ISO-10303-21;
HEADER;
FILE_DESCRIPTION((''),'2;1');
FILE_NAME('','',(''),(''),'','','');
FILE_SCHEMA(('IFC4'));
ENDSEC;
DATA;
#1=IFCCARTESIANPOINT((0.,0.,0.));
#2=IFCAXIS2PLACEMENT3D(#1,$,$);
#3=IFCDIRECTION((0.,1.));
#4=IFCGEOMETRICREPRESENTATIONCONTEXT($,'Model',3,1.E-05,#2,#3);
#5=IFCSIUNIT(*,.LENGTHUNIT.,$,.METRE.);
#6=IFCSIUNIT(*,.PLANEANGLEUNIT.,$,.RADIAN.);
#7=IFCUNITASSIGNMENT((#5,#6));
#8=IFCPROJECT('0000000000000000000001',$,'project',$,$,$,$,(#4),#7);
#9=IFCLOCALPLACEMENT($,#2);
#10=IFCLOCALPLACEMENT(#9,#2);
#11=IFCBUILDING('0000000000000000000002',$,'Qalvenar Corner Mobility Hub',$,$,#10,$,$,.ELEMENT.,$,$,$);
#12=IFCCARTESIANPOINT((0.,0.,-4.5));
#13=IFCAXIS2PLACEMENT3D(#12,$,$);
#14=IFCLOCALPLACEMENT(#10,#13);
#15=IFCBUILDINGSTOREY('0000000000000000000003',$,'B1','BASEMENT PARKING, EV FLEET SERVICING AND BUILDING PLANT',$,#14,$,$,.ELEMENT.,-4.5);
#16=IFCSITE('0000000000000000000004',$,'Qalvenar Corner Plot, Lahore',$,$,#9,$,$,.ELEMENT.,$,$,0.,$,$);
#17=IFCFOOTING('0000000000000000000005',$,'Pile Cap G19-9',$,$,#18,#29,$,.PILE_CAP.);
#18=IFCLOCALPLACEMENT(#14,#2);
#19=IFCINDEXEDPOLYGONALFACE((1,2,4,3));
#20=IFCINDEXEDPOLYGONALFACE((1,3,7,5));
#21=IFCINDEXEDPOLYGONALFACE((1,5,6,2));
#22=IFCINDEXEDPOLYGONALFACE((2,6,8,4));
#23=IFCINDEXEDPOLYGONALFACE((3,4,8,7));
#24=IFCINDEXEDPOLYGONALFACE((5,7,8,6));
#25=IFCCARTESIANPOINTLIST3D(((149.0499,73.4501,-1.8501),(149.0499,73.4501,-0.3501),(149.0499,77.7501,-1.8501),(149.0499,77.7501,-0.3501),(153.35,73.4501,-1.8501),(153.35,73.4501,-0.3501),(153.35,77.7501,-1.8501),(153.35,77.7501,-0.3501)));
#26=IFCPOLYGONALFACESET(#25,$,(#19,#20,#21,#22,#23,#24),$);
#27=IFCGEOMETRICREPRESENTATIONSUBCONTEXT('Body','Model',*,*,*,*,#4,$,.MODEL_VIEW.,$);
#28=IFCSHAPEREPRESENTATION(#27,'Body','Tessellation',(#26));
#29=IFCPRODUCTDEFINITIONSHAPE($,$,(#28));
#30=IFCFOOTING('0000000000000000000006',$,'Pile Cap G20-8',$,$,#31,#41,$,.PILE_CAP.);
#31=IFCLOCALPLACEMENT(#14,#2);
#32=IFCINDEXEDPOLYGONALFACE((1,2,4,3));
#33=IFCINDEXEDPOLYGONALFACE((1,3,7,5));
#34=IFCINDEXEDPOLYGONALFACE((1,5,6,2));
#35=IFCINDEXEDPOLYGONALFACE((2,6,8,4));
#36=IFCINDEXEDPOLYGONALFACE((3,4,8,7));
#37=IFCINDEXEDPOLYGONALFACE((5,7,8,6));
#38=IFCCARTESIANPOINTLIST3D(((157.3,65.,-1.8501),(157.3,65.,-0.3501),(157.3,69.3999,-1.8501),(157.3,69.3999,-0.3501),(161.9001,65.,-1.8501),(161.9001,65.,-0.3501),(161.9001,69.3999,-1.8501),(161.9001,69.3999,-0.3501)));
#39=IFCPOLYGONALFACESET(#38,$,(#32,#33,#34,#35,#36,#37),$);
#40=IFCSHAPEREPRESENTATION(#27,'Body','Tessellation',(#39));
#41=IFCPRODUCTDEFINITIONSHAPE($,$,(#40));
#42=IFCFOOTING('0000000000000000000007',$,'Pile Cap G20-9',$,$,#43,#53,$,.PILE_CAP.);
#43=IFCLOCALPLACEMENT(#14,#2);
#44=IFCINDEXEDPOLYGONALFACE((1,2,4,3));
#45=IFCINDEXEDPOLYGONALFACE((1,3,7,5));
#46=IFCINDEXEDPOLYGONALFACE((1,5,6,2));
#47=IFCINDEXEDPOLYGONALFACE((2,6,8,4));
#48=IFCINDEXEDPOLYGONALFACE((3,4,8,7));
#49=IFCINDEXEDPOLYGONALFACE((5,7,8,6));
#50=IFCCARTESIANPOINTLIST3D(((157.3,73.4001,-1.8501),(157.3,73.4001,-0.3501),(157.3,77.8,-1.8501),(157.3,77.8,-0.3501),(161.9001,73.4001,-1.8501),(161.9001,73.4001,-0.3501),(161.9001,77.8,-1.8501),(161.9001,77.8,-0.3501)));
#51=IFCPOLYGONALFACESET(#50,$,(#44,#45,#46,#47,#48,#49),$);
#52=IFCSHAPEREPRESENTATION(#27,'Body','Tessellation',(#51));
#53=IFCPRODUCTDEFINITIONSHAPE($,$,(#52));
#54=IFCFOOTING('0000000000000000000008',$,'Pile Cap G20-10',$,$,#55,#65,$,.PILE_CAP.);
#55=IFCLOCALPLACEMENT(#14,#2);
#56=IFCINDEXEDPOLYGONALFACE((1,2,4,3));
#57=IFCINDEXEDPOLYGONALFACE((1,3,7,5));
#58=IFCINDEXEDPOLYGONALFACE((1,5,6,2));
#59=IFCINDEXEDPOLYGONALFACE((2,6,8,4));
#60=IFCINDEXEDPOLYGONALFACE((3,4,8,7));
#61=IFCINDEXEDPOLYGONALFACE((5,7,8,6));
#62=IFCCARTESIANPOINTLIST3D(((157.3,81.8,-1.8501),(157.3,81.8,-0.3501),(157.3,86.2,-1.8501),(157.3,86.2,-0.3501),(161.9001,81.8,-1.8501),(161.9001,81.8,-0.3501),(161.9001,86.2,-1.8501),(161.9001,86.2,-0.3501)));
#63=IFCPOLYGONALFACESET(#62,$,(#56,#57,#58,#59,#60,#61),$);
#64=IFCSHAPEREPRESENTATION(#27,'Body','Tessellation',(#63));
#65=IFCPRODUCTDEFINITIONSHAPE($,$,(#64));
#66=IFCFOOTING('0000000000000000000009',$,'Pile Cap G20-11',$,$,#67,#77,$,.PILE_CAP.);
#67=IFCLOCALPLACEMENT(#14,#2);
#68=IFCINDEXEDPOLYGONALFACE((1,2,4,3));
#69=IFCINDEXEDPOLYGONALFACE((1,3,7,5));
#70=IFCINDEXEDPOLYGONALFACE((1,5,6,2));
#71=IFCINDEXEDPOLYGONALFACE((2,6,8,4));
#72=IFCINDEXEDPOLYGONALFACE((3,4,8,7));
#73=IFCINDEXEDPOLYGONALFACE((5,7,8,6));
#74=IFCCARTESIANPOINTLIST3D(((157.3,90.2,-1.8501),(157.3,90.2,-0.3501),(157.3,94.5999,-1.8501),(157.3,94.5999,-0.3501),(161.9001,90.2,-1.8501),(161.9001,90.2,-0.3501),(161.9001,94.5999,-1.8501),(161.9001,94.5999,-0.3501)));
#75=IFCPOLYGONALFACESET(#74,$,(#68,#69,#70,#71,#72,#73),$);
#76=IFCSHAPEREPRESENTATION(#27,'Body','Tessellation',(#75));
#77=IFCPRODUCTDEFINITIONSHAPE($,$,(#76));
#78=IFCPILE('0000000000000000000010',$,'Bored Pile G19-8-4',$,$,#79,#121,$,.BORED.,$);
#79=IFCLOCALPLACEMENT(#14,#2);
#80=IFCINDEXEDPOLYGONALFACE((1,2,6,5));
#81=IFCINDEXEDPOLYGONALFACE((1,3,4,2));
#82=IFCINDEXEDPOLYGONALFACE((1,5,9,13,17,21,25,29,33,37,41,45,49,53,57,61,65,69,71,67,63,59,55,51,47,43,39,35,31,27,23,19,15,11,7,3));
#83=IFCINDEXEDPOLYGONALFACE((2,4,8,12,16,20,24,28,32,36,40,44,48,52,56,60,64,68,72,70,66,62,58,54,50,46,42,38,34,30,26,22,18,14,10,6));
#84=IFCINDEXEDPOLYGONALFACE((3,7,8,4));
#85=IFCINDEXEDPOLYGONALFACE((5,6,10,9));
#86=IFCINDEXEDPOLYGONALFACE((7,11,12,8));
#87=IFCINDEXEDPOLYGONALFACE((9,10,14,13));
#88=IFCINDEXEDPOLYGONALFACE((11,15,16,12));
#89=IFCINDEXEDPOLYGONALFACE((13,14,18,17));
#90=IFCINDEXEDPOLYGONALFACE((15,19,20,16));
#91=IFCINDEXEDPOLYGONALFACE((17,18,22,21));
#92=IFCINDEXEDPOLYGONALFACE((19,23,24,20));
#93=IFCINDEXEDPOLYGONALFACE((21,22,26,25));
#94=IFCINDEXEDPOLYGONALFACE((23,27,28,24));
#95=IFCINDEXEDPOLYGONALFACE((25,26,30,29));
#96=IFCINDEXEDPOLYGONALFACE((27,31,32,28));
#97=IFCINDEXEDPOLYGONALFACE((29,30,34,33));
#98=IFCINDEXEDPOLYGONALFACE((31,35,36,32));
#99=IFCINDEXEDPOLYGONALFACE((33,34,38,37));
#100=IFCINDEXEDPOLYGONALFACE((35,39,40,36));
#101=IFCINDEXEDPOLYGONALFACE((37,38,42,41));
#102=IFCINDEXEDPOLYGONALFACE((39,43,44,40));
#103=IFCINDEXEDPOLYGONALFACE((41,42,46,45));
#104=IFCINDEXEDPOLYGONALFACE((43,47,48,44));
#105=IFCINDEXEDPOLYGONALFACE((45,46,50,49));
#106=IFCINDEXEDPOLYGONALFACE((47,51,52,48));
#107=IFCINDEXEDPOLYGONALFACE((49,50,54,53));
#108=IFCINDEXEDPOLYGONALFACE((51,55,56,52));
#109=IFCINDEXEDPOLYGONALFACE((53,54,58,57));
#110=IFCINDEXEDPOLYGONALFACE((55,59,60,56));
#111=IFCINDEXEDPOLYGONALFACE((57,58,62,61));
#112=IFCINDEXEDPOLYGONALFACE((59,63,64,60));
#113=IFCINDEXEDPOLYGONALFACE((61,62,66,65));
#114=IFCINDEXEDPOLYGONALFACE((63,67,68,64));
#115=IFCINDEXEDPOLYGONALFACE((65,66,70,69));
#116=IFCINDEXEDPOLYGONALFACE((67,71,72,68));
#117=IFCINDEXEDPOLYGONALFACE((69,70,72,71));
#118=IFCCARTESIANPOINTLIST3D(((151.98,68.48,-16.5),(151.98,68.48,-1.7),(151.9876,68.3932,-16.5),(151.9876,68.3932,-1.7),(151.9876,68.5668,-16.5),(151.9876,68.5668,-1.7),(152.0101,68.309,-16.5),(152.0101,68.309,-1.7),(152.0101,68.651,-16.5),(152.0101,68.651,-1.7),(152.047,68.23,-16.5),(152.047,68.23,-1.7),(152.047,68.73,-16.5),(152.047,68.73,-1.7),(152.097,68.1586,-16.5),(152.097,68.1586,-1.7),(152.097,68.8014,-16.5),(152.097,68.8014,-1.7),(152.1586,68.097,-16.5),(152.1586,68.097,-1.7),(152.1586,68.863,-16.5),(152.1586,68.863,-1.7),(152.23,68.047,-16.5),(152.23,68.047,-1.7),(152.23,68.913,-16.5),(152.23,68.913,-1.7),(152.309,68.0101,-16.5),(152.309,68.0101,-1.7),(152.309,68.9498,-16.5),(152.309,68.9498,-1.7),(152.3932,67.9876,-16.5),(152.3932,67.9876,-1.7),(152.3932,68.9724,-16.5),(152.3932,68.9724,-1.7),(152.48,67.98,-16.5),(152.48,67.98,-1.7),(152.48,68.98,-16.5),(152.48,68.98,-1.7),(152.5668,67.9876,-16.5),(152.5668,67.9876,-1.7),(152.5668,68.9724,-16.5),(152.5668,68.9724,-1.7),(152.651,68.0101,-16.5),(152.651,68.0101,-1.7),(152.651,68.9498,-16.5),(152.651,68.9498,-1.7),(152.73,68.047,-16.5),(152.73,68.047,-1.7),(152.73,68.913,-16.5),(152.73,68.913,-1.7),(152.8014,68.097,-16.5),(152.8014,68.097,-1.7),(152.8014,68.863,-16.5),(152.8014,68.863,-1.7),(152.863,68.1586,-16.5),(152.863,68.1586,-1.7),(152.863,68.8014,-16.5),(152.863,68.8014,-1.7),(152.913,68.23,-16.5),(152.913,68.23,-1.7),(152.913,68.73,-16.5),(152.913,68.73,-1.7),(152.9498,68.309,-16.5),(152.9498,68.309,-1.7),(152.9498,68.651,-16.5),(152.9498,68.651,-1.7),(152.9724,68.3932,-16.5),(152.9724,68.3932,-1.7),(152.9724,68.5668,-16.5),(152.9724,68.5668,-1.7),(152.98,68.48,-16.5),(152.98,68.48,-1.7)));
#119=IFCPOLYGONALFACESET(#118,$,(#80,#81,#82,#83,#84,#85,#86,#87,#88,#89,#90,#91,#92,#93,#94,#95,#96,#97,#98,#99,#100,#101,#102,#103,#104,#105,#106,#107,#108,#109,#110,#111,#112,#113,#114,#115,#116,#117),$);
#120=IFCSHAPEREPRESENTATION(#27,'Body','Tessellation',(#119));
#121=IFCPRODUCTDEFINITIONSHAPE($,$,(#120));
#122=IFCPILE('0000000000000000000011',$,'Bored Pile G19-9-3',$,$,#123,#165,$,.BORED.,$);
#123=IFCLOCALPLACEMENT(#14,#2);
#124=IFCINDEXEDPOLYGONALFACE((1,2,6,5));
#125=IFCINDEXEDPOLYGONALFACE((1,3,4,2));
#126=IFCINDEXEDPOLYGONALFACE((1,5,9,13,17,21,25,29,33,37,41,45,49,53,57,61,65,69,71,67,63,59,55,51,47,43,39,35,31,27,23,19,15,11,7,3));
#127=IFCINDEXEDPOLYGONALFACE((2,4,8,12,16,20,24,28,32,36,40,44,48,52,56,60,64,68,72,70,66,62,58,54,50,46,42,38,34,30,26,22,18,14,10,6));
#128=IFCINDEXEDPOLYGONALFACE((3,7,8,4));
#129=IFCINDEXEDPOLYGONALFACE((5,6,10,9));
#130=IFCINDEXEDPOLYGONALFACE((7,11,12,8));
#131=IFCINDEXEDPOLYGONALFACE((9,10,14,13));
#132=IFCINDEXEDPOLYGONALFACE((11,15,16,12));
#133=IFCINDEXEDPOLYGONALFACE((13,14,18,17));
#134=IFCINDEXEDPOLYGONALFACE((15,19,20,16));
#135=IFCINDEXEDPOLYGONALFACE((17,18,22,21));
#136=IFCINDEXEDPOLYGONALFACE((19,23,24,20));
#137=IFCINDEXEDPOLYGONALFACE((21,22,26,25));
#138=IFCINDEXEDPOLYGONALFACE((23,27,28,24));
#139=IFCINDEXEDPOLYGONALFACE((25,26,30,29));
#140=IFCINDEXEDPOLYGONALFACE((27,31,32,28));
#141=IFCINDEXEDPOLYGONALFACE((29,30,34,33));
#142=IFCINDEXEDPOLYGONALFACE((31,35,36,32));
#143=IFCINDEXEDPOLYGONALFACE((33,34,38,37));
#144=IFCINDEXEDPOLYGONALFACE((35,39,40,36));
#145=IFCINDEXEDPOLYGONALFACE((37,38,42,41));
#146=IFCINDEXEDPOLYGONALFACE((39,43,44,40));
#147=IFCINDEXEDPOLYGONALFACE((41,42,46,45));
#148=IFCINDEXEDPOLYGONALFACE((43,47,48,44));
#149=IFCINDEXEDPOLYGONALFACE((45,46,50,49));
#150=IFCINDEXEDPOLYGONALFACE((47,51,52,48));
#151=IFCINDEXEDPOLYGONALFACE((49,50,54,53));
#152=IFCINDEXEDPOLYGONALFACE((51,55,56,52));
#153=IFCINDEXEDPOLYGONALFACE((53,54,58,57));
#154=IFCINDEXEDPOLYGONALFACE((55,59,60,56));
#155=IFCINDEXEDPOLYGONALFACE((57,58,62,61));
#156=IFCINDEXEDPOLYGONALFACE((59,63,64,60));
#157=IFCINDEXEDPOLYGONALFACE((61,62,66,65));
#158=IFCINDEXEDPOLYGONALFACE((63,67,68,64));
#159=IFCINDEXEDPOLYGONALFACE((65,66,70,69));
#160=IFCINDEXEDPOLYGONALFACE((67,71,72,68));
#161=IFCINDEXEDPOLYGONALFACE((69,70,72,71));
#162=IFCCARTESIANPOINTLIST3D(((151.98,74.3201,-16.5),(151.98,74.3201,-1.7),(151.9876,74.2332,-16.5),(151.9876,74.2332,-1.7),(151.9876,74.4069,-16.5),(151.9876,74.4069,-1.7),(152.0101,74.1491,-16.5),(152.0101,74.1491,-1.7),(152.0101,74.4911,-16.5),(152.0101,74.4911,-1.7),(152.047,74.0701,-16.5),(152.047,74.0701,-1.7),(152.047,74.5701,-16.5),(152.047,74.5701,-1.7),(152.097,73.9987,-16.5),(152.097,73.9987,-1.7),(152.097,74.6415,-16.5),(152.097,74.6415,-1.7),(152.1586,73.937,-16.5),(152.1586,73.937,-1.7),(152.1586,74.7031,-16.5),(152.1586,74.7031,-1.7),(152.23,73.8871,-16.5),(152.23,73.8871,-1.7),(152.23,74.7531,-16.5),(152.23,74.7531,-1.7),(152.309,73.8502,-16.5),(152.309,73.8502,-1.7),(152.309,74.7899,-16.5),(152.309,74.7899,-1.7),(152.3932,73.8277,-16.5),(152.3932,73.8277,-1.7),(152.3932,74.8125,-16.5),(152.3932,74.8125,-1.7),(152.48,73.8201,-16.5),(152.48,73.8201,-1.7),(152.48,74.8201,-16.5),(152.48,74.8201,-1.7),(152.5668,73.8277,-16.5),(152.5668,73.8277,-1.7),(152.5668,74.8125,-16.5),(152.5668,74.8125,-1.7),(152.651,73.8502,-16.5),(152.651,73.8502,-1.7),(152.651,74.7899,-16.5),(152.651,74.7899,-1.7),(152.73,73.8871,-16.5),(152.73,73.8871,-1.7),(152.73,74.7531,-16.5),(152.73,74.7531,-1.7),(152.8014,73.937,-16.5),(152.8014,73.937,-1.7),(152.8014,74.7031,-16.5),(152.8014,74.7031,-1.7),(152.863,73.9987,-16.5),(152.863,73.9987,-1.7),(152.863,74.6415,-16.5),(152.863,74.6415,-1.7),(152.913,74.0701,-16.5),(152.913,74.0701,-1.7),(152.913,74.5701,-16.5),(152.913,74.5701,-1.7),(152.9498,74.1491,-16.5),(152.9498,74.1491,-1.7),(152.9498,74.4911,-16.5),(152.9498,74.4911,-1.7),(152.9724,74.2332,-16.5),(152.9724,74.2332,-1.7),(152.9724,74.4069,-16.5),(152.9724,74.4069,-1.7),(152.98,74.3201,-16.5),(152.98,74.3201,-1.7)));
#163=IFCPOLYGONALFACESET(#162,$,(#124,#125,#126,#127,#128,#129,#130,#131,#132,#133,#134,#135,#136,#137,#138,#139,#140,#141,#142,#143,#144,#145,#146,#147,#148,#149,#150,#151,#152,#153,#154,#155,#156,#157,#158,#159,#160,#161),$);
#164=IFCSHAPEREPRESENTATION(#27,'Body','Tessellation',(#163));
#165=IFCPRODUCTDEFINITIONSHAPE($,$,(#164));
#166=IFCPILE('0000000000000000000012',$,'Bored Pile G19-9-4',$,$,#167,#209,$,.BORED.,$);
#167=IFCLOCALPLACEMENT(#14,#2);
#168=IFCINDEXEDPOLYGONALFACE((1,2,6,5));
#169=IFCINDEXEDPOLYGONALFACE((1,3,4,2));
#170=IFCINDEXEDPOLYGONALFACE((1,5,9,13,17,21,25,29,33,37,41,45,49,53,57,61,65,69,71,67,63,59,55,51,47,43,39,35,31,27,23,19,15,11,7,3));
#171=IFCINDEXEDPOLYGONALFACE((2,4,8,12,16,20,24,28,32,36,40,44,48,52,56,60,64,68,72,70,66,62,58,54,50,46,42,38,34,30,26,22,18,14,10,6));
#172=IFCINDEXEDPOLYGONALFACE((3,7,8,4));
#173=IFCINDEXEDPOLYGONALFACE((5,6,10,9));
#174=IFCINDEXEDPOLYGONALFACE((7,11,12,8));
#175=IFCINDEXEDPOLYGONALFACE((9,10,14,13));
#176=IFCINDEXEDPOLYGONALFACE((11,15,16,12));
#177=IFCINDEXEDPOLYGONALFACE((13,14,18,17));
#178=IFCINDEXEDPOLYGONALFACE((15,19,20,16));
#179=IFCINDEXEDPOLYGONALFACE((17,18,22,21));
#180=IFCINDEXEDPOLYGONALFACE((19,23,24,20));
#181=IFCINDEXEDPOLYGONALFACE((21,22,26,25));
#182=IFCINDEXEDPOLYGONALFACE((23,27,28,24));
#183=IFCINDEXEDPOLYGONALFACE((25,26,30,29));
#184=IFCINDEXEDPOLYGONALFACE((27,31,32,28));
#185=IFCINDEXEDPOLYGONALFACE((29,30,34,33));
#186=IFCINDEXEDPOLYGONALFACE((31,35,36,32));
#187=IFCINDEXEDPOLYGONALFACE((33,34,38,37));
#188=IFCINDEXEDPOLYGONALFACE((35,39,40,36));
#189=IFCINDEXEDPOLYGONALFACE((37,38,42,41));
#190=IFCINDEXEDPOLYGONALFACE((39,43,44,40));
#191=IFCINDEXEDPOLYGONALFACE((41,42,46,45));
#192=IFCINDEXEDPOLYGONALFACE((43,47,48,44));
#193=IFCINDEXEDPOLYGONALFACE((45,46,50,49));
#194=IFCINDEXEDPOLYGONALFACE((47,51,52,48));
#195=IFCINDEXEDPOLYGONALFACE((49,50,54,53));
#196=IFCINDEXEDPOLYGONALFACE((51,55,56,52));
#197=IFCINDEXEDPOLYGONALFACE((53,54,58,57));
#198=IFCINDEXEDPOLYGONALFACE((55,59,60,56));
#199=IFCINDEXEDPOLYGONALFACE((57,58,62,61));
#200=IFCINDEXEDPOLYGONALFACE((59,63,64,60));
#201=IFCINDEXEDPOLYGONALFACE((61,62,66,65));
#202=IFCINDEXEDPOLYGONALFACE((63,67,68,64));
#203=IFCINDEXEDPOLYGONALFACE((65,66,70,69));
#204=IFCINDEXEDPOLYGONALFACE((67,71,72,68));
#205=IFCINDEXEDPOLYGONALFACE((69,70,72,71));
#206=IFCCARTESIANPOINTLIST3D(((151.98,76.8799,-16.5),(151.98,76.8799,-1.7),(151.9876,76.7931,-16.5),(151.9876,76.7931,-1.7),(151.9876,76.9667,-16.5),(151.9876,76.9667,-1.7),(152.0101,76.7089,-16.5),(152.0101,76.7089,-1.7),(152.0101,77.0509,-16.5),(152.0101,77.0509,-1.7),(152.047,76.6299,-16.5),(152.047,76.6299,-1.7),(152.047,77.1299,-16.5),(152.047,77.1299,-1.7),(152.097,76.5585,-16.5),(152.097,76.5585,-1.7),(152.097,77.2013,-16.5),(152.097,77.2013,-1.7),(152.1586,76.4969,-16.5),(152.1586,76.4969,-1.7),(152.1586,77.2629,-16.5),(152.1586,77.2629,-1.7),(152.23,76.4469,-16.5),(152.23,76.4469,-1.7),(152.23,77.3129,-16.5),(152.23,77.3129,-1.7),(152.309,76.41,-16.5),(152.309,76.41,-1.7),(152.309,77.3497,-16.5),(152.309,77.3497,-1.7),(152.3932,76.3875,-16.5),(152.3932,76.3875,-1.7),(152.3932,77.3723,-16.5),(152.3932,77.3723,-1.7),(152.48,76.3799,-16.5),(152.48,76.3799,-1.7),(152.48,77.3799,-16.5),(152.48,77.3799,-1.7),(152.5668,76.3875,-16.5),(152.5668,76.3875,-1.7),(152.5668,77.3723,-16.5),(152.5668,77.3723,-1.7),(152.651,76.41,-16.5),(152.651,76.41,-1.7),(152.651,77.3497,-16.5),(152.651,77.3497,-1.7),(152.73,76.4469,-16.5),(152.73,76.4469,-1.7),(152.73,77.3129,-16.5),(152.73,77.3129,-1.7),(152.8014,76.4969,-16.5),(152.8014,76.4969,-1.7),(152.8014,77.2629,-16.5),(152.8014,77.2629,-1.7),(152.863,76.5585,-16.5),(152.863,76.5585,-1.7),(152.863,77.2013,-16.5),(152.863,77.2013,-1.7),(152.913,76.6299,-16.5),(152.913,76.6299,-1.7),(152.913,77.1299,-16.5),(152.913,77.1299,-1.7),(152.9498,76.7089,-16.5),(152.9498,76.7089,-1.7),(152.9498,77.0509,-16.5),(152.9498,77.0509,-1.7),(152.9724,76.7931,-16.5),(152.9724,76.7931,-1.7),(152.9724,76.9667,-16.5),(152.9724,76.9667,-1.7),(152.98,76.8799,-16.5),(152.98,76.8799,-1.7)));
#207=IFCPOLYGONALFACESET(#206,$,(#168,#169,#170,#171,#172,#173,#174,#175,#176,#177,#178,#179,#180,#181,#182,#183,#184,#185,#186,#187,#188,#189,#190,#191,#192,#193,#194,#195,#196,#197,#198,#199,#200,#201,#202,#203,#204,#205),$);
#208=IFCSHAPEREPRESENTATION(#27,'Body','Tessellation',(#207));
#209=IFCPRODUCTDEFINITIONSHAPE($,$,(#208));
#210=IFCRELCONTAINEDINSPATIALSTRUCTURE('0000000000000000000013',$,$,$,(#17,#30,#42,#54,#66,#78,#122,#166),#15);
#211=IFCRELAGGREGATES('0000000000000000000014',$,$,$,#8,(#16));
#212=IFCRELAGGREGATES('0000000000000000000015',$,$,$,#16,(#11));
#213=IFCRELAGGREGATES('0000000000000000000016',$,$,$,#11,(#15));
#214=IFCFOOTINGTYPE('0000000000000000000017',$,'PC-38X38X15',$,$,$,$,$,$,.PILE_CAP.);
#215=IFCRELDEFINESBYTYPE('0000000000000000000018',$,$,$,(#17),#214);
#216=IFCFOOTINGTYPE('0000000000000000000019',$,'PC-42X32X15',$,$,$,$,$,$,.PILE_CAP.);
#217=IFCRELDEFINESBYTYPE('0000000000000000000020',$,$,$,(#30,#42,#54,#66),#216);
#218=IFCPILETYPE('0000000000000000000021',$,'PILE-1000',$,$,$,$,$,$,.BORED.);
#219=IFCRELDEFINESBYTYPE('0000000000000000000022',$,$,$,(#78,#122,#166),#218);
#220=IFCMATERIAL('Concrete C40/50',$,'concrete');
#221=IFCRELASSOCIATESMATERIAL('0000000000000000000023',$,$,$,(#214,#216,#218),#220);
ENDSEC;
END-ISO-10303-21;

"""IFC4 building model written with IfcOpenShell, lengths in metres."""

from ifc_helpers import new_model, si_unit, direction, frame, origin, origin_2d, place, context, subcontext, project, spatial, rectangle, circle, extrude, material, material_profile, profile_set, type_object, element, save


model = new_model("IFC4")

# Units and contexts
model_context = context("Model", 3, precision=1e-05, world=origin(), true_north=direction((0.0, 1.0)))
body_context = subcontext(model_context, "Body", "Model", "MODEL_VIEW")
ifc_project = project(units=[si_unit("LENGTHUNIT", "METRE"), si_unit("PLANEANGLEUNIT", "RADIAN")], contexts=[model_context])

# Site, building, storey
site_placement = place(None, origin())
site = spatial("IfcSite", under=ifc_project, at=site_placement, Name="Qalvenar Corner Plot, Lahore", CompositionType="ELEMENT", RefElevation=0.0)
building_placement = place(site_placement, origin())
building = spatial("IfcBuilding", under=site, at=building_placement, Name="Qalvenar Corner Mobility Hub", CompositionType="ELEMENT")
storey_placement = place(building_placement, frame((0.0, 0.0, -4.5)))
storey = spatial("IfcBuildingStorey", under=building, at=storey_placement, Name="B1", Description="BASEMENT PARKING, EV FLEET SERVICING AND BUILDING PLANT", CompositionType="ELEMENT", Elevation=-4.5)

# Footings
ifc_material_1 = material(Name="Concrete C40/50", Category="concrete")
footing_type_1 = type_object("IfcFootingType", Name="PC-38X38X15", PredefinedType="PILE_CAP", material=ifc_material_1)
footing_1_placement = place(storey_placement, frame((151.2, 75.6001, -1.8501), z_axis=(0.0, 0.0, 1.0), x_axis=(1.0, 0.0, 0.0)))
element("IfcFooting", 1, at=footing_1_placement, inside=storey, type_object=footing_type_1, Name="Pile Cap G19-9", PredefinedType="PILE_CAP", context=body_context, shape_type="SweptSolid", body=[
    extrude(rectangle(XDim=4.3, YDim=4.3, at=origin_2d()), origin(), (0.0, 0.0, 1.0), 1.5),
])
footing_type_2 = type_object("IfcFootingType", Name="PC-42X32X15", PredefinedType="PILE_CAP", material=ifc_material_1)
for number, where, z_axis, x_axis, name in (
    (2, (159.6001, 67.2, -1.8501), (0.0, 0.0, 1.0), (1.0, 0.0, 0.0), "Pile Cap G20-8"),
    (3, (159.6001, 75.6001, -1.8501), (0.0, 0.0, 1.0), (1.0, 0.0, 0.0), "Pile Cap G20-9"),
    (4, (159.6001, 84.0, -1.8501), (0.0, 0.0, 1.0), (1.0, 0.0, 0.0), "Pile Cap G20-10"),
    (5, (159.6001, 92.3999, -1.8501), (0.0, 0.0, 1.0), (1.0, 0.0, 0.0), "Pile Cap G20-11"),
):
    element("IfcFooting", number, at=place(storey_placement, frame(where, z_axis=z_axis, x_axis=x_axis)), inside=storey, type_object=footing_type_2, Name=name, PredefinedType="PILE_CAP", context=body_context, shape_type="SweptSolid", body=[
        extrude(rectangle(XDim=4.6001, YDim=4.3999, at=origin_2d()), origin(), (0.0, 0.0, 1.0), 1.5),
    ])

# Piles
ifc_material_profile_1 = material_profile(ifc_material_1, circle(Radius=0.5, at=origin_2d()), Name="DIA1000")
ifc_profile_set_1 = profile_set([ifc_material_profile_1], Name="Concrete C40/50")
pile_type = type_object("IfcPileType", Name="PILE-1000", PredefinedType="BORED", material=ifc_profile_set_1)
for number, where, z_axis, x_axis, name in (
    (6, (152.48, 68.48, -1.7), (0.0, 0.0, -1.0), (1.0, 0.0, 0.0), "Bored Pile G19-8-4"),
    (7, (152.48, 74.3201, -1.7), (0.0, 0.0, -1.0), (1.0, 0.0, 0.0), "Bored Pile G19-9-3"),
    (8, (152.48, 76.8799, -1.7), (0.0, 0.0, -1.0), (1.0, 0.0, 0.0), "Bored Pile G19-9-4"),
):
    element("IfcPile", number, at=place(storey_placement, frame(where, z_axis=z_axis, x_axis=x_axis)), inside=storey, type_object=pile_type, Name=name, PredefinedType="BORED", context=body_context, shape_type="SweptSolid", body=[
        extrude(circle(Radius=0.5, at=origin_2d()), origin(), (0.0, 0.0, 1.0), 14.8),
    ])

save(model, "model.ifc")
